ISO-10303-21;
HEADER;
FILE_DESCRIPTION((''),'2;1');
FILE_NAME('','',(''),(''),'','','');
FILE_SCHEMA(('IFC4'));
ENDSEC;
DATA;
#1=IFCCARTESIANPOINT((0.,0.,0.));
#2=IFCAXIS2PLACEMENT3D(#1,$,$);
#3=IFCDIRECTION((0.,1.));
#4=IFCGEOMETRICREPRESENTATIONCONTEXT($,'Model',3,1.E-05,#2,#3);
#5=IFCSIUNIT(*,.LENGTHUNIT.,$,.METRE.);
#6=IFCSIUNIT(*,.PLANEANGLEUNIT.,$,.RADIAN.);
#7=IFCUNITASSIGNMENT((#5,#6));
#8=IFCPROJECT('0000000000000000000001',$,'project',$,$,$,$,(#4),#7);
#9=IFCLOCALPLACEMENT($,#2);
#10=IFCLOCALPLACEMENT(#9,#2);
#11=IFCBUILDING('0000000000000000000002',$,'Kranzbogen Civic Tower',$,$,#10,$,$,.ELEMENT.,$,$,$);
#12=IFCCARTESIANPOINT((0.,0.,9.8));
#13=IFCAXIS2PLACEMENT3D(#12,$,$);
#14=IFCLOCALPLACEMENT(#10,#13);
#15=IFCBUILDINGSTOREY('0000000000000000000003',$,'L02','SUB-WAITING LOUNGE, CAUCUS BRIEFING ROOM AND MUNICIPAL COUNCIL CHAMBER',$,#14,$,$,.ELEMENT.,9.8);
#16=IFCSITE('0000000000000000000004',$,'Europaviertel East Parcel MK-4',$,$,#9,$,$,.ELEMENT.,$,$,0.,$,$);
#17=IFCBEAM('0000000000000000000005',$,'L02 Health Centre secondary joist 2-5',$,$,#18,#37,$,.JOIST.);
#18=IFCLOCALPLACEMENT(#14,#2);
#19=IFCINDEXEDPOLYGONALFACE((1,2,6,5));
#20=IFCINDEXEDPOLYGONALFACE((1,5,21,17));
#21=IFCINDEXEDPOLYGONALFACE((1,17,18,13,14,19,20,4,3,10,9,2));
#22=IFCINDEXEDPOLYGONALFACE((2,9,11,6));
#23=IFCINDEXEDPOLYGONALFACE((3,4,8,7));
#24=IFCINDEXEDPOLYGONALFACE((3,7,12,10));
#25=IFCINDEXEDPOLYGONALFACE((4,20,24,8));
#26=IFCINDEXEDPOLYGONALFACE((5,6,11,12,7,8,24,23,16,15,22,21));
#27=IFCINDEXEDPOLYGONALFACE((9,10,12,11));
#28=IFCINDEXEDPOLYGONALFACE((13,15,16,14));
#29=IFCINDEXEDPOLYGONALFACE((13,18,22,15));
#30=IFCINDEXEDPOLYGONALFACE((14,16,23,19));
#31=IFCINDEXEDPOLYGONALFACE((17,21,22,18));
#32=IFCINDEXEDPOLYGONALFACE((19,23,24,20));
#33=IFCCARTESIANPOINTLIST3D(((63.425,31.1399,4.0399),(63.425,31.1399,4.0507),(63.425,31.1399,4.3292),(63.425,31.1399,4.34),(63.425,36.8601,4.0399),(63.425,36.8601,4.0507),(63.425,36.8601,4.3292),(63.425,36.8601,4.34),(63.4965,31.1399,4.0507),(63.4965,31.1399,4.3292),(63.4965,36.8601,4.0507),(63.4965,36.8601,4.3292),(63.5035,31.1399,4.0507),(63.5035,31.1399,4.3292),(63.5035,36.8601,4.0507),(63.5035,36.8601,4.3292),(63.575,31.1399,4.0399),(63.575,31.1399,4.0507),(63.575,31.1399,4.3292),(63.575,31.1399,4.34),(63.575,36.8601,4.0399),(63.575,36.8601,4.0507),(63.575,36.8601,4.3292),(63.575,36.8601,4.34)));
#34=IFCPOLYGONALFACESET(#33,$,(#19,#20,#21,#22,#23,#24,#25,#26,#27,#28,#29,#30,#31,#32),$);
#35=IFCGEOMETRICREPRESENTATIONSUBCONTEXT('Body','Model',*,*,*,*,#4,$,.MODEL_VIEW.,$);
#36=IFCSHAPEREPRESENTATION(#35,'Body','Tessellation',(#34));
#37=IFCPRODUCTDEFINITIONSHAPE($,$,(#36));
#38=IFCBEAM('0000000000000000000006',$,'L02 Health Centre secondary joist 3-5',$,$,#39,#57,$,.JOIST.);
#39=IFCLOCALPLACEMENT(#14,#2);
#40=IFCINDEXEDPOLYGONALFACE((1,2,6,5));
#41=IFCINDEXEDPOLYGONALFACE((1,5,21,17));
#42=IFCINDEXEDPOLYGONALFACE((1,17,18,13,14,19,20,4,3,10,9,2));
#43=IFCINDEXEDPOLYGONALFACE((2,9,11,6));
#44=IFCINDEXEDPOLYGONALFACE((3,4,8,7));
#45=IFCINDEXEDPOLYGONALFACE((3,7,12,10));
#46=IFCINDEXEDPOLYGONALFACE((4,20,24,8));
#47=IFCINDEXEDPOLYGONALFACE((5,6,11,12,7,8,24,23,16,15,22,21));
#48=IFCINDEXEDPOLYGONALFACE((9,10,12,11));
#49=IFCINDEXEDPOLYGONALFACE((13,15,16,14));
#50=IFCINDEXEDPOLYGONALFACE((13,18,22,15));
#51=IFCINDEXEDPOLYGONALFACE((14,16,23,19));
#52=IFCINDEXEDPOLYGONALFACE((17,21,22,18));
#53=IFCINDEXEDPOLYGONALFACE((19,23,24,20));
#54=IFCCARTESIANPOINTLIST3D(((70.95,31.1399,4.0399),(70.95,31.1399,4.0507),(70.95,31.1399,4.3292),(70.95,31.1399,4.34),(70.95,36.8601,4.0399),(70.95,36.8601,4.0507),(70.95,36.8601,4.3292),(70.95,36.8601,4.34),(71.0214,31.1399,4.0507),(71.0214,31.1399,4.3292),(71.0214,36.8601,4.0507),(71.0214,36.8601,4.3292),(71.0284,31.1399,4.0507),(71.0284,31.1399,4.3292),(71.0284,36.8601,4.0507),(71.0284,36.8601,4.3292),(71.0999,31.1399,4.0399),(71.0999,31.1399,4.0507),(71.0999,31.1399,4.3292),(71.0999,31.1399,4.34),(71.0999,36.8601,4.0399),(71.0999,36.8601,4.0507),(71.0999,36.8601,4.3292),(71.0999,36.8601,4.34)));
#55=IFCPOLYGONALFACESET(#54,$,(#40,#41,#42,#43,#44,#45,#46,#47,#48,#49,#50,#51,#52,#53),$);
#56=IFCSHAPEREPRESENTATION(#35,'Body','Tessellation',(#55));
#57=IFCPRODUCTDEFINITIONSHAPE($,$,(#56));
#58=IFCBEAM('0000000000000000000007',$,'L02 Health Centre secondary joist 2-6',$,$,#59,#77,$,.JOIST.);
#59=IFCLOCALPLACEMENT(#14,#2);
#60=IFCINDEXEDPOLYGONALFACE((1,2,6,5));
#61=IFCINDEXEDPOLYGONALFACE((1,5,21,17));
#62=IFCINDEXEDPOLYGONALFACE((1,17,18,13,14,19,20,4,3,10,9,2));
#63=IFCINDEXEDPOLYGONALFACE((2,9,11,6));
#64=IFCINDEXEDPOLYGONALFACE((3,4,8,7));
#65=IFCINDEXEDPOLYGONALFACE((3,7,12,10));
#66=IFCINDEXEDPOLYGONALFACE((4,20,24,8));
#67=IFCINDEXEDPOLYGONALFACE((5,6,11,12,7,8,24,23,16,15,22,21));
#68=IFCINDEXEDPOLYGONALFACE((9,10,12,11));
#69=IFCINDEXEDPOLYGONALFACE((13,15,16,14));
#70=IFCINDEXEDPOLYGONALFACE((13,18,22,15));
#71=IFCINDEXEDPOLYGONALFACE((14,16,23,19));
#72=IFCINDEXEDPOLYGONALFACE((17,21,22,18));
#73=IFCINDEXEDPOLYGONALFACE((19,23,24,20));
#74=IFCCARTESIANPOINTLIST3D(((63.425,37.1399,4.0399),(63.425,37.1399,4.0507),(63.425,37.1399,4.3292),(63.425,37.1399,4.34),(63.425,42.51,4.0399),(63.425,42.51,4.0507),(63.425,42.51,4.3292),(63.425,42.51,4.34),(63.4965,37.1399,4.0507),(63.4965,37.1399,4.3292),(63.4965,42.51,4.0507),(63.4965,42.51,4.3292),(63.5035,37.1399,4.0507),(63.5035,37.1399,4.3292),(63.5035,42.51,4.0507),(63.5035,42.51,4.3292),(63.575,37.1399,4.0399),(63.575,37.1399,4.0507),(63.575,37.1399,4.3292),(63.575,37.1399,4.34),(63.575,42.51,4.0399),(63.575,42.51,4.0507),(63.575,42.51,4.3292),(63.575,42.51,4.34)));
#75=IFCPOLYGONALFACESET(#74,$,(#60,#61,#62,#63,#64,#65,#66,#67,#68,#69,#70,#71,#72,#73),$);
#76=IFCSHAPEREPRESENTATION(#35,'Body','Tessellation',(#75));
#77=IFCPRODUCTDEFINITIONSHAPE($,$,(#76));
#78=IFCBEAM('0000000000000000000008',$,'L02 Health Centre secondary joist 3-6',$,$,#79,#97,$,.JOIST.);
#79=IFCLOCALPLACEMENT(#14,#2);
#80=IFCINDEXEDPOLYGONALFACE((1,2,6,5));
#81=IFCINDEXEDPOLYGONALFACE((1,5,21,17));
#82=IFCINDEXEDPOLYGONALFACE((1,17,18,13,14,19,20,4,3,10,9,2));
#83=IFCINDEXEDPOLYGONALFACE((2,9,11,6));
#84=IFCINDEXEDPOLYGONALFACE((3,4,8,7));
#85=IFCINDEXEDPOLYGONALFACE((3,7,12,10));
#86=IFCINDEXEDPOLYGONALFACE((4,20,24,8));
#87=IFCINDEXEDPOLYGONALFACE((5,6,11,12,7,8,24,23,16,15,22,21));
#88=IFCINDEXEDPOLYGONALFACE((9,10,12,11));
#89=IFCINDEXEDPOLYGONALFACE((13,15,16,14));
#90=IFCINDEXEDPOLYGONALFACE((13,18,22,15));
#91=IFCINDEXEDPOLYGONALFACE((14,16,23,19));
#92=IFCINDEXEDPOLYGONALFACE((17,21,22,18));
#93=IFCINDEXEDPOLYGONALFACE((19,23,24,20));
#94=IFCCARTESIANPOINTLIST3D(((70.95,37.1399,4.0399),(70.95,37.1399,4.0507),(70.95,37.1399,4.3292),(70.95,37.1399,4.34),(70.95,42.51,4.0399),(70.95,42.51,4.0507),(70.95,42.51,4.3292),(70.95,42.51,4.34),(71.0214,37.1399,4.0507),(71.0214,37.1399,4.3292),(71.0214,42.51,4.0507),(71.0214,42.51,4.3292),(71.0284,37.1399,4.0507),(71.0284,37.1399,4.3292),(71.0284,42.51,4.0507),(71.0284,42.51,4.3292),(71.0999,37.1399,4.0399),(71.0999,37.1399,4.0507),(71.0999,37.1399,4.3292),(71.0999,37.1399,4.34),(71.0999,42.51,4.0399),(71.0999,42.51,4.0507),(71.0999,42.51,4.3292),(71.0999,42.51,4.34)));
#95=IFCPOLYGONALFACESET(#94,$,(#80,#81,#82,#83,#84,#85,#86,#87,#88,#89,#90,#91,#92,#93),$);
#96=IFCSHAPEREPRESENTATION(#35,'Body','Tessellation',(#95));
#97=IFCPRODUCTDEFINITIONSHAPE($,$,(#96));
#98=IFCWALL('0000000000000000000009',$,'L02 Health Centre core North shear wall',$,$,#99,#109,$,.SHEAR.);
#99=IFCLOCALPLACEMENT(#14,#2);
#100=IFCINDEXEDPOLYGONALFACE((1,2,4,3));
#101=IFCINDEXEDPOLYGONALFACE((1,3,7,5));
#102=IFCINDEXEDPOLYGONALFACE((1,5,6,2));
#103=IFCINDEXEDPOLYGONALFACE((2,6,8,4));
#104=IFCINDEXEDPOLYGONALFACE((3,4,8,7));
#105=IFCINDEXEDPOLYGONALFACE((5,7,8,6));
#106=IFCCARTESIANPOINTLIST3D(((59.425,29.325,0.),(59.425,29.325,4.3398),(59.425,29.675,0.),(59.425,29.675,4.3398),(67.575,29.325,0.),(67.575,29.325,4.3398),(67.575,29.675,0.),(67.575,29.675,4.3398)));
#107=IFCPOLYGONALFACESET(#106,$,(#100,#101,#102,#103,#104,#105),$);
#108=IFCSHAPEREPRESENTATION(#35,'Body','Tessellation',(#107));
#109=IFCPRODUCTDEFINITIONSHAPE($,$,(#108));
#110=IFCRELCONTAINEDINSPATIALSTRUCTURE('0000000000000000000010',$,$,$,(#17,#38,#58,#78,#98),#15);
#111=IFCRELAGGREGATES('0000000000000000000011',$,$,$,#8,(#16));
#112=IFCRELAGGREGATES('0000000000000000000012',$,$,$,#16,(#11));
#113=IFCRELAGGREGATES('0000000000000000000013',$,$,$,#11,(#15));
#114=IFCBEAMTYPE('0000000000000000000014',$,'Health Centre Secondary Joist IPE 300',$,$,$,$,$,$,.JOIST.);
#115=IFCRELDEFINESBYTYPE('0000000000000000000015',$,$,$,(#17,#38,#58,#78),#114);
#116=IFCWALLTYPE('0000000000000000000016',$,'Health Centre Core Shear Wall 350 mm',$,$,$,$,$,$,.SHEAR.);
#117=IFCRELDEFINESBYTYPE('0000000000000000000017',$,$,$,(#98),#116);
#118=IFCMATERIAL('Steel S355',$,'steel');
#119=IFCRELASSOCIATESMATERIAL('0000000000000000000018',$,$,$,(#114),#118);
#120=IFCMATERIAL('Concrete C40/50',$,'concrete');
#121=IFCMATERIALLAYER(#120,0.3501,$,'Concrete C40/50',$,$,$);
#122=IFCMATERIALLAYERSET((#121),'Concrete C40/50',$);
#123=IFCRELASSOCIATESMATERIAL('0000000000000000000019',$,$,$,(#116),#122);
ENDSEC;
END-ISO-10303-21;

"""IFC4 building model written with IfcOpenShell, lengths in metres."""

from ifc_helpers import new_model, si_unit, direction, frame, frame_2d, origin, origin_2d, place, context, subcontext, project, spatial, rectangle, i_section, extrude, material, layer, layer_set, material_profile, profile_set, type_object, element, save


model = new_model("IFC4")

# Units and contexts
model_context = context("Model", 3, precision=1e-05, world=origin(), true_north=direction((0.0, 1.0)))
body_context = subcontext(model_context, "Body", "Model", "MODEL_VIEW")
ifc_project = project(units=[si_unit("LENGTHUNIT", "METRE"), si_unit("PLANEANGLEUNIT", "RADIAN")], contexts=[model_context])

# Site, building, storey
site_placement = place(None, origin())
site = spatial("IfcSite", under=ifc_project, at=site_placement, Name="Europaviertel East Parcel MK-4", CompositionType="ELEMENT", RefElevation=0.0)
building_placement = place(site_placement, origin())
building = spatial("IfcBuilding", under=site, at=building_placement, Name="Kranzbogen Civic Tower", CompositionType="ELEMENT")
storey_placement = place(building_placement, frame((0.0, 0.0, 9.8)))
storey = spatial("IfcBuildingStorey", under=building, at=storey_placement, Name="L02", Description="SUB-WAITING LOUNGE, CAUCUS BRIEFING ROOM AND MUNICIPAL COUNCIL CHAMBER", CompositionType="ELEMENT", Elevation=9.8)

# Shared definitions
ifc_material_1 = material(Name="Steel S355", Category="steel")
ifc_material_2 = material(Name="Concrete C40/50", Category="concrete")

# Beams
ifc_material_profile_1 = material_profile(ifc_material_1, i_section(OverallWidth=0.1499, OverallDepth=0.3, WebThickness=0.0071, FlangeThickness=0.0107, at=origin_2d()), Name="IPE 300")
ifc_profile_set_1 = profile_set([ifc_material_profile_1], Name="Steel S355")
beam_type_1 = type_object("IfcBeamType", Name="Health Centre Secondary Joist IPE 300", PredefinedType="JOIST", material=ifc_profile_set_1)
for number, where, z_axis, x_axis, name in (
    (1, (63.5, 31.1399, 4.1899), (0.0, 1.0, 0.0), (-1.0, 0.0, 0.0), "L02 Health Centre secondary joist 2-5"),
    (2, (71.0249, 31.1399, 4.1899), (0.0, 1.0, 0.0), (-1.0, 0.0, 0.0), "L02 Health Centre secondary joist 3-5"),
):
    element("IfcBeam", number, at=place(storey_placement, frame(where, z_axis=z_axis, x_axis=x_axis)), inside=storey, type_object=beam_type_1, Name=name, PredefinedType="JOIST", context=body_context, shape_type="SweptSolid", body=[
        extrude(i_section(OverallWidth=0.1499, OverallDepth=0.3, WebThickness=0.0071, FlangeThickness=0.0107, at=origin_2d()), origin(), (0.0, 0.0, 1.0), 5.7202),
    ])
for number, where, z_axis, x_axis, name in (
    (3, (63.5, 37.1399, 4.1899), (0.0, 1.0, 0.0), (-1.0, 0.0, 0.0), "L02 Health Centre secondary joist 2-6"),
    (4, (71.0249, 37.1399, 4.1899), (0.0, 1.0, 0.0), (-1.0, 0.0, 0.0), "L02 Health Centre secondary joist 3-6"),
):
    element("IfcBeam", number, at=place(storey_placement, frame(where, z_axis=z_axis, x_axis=x_axis)), inside=storey, type_object=beam_type_1, Name=name, PredefinedType="JOIST", context=body_context, shape_type="SweptSolid", body=[
        extrude(i_section(OverallWidth=0.1499, OverallDepth=0.3, WebThickness=0.0071, FlangeThickness=0.0107, at=origin_2d()), origin(), (0.0, 0.0, 1.0), 5.3701),
    ])

# Wall
ifc_layer_1 = layer(ifc_material_2, 0.3501, Name="Concrete C40/50")
ifc_layer_set_1 = layer_set([ifc_layer_1], Name="Concrete C40/50")
wall_type_1 = type_object("IfcWallType", Name="Health Centre Core Shear Wall 350 mm", PredefinedType="SHEAR", material=ifc_layer_set_1)
wall_1_placement = place(storey_placement, frame((67.575, 29.5, 0.0), z_axis=(0.0, 0.0, 1.0), x_axis=(-1.0, 0.0, 0.0)))
element("IfcWall", 5, at=wall_1_placement, inside=storey, type_object=wall_type_1, Name="L02 Health Centre core North shear wall", PredefinedType="SHEAR", context=body_context, shape_type="SweptSolid", body=[
    extrude(rectangle(XDim=8.1499, YDim=0.3501, at=frame_2d((4.075, 0.0))), origin(), (0.0, 0.0, 1.0), 4.3398),
])

save(model, "model.ifc")
